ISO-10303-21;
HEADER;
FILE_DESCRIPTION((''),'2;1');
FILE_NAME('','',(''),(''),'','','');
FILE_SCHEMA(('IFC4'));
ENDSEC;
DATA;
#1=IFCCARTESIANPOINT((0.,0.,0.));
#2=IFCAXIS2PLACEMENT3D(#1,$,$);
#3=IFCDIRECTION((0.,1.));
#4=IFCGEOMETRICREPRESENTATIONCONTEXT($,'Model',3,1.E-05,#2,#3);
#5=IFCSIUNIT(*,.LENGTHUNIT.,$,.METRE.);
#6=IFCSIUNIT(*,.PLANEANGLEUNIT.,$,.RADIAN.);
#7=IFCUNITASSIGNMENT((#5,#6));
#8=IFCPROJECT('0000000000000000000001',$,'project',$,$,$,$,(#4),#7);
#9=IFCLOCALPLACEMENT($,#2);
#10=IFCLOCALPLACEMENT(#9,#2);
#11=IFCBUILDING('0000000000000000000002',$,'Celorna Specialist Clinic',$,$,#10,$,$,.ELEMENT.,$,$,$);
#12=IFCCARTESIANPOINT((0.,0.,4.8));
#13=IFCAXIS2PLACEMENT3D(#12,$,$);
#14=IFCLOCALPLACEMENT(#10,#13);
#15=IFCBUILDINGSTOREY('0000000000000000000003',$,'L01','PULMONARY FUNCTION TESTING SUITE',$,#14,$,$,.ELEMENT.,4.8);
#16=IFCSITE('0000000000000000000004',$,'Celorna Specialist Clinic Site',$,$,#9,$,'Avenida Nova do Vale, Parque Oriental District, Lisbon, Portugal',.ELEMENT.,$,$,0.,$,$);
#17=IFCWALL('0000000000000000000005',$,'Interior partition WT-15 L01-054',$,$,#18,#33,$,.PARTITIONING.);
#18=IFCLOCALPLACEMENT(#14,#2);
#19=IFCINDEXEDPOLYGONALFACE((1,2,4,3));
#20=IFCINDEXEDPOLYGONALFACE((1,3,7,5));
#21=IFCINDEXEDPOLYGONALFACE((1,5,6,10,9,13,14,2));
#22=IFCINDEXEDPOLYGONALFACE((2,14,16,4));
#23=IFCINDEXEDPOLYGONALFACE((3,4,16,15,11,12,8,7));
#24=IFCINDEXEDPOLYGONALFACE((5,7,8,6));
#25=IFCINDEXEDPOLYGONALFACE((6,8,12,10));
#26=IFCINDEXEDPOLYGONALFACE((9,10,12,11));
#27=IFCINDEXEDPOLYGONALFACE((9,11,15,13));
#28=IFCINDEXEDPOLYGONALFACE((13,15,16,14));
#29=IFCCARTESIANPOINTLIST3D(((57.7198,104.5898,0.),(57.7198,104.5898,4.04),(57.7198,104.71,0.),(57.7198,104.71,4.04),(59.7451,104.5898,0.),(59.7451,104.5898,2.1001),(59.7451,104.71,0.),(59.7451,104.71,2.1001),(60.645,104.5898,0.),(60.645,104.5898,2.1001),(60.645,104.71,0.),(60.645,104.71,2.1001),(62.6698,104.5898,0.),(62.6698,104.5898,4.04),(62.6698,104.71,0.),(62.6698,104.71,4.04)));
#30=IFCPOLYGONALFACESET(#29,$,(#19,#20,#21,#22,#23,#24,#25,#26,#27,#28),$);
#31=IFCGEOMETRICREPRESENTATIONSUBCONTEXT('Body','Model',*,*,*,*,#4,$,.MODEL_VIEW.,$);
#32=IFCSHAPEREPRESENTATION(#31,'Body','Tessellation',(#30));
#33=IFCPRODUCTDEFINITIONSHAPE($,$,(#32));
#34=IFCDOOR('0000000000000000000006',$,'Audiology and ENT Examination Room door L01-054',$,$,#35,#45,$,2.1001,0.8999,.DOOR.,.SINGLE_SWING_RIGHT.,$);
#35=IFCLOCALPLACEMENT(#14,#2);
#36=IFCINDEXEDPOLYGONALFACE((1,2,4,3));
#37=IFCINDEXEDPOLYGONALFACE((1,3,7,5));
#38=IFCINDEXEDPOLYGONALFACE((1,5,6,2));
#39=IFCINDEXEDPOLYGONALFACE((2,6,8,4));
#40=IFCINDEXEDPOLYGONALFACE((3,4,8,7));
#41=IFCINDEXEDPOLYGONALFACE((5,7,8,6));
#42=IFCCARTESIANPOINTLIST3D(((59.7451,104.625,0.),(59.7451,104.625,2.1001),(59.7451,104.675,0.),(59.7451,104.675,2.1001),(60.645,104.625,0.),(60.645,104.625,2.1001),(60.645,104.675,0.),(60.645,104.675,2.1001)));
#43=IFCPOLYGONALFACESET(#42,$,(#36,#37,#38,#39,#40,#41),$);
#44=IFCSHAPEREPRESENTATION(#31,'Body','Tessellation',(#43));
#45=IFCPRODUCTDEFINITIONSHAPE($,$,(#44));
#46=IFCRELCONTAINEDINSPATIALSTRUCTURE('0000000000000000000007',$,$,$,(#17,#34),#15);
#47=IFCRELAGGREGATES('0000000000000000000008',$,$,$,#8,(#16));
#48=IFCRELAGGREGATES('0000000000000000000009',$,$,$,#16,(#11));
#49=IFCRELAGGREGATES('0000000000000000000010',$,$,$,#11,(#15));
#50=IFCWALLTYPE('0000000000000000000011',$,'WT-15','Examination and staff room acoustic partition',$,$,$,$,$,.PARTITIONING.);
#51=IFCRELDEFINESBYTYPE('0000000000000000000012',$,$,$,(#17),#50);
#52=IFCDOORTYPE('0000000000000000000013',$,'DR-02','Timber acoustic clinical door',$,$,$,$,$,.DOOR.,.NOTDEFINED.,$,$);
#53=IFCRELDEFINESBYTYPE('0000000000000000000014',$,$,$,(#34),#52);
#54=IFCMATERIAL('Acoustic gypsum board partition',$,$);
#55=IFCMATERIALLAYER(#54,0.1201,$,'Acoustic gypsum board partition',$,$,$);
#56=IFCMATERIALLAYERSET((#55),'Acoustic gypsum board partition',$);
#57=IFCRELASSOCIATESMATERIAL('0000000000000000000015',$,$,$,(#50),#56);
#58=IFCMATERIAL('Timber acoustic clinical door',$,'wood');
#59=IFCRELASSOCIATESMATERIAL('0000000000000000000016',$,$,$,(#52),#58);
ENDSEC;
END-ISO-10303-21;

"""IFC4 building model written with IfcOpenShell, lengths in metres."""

from ifc_helpers import new_model, si_unit, direction, frame, frame_2d, origin, place, context, subcontext, project, spatial, rectangle, extrude, material, layer, layer_set, type_object, element, fill, save


model = new_model("IFC4")

# Units and contexts
model_context = context("Model", 3, precision=1e-05, world=origin(), true_north=direction((0.0, 1.0)))
body_context = subcontext(model_context, "Body", "Model", "MODEL_VIEW")
ifc_project = project(units=[si_unit("LENGTHUNIT", "METRE"), si_unit("PLANEANGLEUNIT", "RADIAN")], contexts=[model_context])

# Site, building, storey
site_placement = place(None, origin())
site = spatial("IfcSite", under=ifc_project, at=site_placement, Name="Celorna Specialist Clinic Site", LongName="Avenida Nova do Vale, Parque Oriental District, Lisbon, Portugal", CompositionType="ELEMENT", RefElevation=0.0)
building_placement = place(site_placement, origin())
building = spatial("IfcBuilding", under=site, at=building_placement, Name="Celorna Specialist Clinic", CompositionType="ELEMENT")
storey_placement = place(building_placement, frame((0.0, 0.0, 4.8)))
storey = spatial("IfcBuildingStorey", under=building, at=storey_placement, Name="L01", Description="PULMONARY FUNCTION TESTING SUITE", CompositionType="ELEMENT", Elevation=4.8)

# Wall, opening, door
ifc_material_1 = material(Name="Acoustic gypsum board partition")
ifc_layer_1 = layer(ifc_material_1, 0.1201, Name="Acoustic gypsum board partition")
ifc_layer_set_1 = layer_set([ifc_layer_1], Name="Acoustic gypsum board partition")
wall_type_1 = type_object("IfcWallType", Name="WT-15", Description="Examination and staff room acoustic partition", PredefinedType="PARTITIONING", material=ifc_layer_set_1)
wall_1_placement = place(storey_placement, frame((62.6699, 104.6499, 0.0), z_axis=(0.0, 0.0, 1.0), x_axis=(-1.0, 0.0, 0.0)))
wall_1 = element("IfcWall", 1, at=wall_1_placement, inside=storey, type_object=wall_type_1, Name="Interior partition WT-15 L01-054", PredefinedType="PARTITIONING", context=body_context, shape_type="SweptSolid", body=[
    extrude(rectangle(XDim=4.95, YDim=0.1201, at=frame_2d((2.4751, 0.0))), origin(), (0.0, 0.0, 1.0), 4.04),
])
opening_1_placement = place(wall_1_placement, frame((2.0249, 0.0, 0.0)))
opening_1 = element("IfcOpeningElement", 2, at=opening_1_placement, cuts=wall_1, PredefinedType="OPENING", context=body_context, shape_type="SweptSolid", body=[
    extrude(rectangle(XDim=0.8999, YDim=2.1001, at=frame_2d((0.45, 1.05))), frame((0.0, 0.0701, 0.0), z_axis=(0.0, -1.0, 0.0), x_axis=(1.0, 0.0, 0.0)), (0.0, 0.0, 1.0), 0.1401),
])
ifc_material_2 = material(Name="Timber acoustic clinical door", Category="wood")
door_type_1 = type_object("IfcDoorType", Name="DR-02", Description="Timber acoustic clinical door", OperationType="NOTDEFINED", PredefinedType="DOOR", material=ifc_material_2)
door_1_placement = place(opening_1_placement, origin())
door_1 = element("IfcDoor", 3, at=door_1_placement, inside=storey, type_object=door_type_1, Name="Audiology and ENT Examination Room door L01-054", OperationType="SINGLE_SWING_RIGHT", OverallHeight=2.1001, OverallWidth=0.8999, PredefinedType="DOOR", context=body_context, shape_type="SweptSolid", body=[
    extrude(rectangle(XDim=0.8999, YDim=2.1001, at=frame_2d((0.45, 1.05))), frame((0.0, 0.0249, 0.0), z_axis=(0.0, -1.0, 0.0), x_axis=(1.0, 0.0, 0.0)), (0.0, 0.0, 1.0), 0.05),
])
fill(opening_1, door_1)

save(model, "model.ifc")
